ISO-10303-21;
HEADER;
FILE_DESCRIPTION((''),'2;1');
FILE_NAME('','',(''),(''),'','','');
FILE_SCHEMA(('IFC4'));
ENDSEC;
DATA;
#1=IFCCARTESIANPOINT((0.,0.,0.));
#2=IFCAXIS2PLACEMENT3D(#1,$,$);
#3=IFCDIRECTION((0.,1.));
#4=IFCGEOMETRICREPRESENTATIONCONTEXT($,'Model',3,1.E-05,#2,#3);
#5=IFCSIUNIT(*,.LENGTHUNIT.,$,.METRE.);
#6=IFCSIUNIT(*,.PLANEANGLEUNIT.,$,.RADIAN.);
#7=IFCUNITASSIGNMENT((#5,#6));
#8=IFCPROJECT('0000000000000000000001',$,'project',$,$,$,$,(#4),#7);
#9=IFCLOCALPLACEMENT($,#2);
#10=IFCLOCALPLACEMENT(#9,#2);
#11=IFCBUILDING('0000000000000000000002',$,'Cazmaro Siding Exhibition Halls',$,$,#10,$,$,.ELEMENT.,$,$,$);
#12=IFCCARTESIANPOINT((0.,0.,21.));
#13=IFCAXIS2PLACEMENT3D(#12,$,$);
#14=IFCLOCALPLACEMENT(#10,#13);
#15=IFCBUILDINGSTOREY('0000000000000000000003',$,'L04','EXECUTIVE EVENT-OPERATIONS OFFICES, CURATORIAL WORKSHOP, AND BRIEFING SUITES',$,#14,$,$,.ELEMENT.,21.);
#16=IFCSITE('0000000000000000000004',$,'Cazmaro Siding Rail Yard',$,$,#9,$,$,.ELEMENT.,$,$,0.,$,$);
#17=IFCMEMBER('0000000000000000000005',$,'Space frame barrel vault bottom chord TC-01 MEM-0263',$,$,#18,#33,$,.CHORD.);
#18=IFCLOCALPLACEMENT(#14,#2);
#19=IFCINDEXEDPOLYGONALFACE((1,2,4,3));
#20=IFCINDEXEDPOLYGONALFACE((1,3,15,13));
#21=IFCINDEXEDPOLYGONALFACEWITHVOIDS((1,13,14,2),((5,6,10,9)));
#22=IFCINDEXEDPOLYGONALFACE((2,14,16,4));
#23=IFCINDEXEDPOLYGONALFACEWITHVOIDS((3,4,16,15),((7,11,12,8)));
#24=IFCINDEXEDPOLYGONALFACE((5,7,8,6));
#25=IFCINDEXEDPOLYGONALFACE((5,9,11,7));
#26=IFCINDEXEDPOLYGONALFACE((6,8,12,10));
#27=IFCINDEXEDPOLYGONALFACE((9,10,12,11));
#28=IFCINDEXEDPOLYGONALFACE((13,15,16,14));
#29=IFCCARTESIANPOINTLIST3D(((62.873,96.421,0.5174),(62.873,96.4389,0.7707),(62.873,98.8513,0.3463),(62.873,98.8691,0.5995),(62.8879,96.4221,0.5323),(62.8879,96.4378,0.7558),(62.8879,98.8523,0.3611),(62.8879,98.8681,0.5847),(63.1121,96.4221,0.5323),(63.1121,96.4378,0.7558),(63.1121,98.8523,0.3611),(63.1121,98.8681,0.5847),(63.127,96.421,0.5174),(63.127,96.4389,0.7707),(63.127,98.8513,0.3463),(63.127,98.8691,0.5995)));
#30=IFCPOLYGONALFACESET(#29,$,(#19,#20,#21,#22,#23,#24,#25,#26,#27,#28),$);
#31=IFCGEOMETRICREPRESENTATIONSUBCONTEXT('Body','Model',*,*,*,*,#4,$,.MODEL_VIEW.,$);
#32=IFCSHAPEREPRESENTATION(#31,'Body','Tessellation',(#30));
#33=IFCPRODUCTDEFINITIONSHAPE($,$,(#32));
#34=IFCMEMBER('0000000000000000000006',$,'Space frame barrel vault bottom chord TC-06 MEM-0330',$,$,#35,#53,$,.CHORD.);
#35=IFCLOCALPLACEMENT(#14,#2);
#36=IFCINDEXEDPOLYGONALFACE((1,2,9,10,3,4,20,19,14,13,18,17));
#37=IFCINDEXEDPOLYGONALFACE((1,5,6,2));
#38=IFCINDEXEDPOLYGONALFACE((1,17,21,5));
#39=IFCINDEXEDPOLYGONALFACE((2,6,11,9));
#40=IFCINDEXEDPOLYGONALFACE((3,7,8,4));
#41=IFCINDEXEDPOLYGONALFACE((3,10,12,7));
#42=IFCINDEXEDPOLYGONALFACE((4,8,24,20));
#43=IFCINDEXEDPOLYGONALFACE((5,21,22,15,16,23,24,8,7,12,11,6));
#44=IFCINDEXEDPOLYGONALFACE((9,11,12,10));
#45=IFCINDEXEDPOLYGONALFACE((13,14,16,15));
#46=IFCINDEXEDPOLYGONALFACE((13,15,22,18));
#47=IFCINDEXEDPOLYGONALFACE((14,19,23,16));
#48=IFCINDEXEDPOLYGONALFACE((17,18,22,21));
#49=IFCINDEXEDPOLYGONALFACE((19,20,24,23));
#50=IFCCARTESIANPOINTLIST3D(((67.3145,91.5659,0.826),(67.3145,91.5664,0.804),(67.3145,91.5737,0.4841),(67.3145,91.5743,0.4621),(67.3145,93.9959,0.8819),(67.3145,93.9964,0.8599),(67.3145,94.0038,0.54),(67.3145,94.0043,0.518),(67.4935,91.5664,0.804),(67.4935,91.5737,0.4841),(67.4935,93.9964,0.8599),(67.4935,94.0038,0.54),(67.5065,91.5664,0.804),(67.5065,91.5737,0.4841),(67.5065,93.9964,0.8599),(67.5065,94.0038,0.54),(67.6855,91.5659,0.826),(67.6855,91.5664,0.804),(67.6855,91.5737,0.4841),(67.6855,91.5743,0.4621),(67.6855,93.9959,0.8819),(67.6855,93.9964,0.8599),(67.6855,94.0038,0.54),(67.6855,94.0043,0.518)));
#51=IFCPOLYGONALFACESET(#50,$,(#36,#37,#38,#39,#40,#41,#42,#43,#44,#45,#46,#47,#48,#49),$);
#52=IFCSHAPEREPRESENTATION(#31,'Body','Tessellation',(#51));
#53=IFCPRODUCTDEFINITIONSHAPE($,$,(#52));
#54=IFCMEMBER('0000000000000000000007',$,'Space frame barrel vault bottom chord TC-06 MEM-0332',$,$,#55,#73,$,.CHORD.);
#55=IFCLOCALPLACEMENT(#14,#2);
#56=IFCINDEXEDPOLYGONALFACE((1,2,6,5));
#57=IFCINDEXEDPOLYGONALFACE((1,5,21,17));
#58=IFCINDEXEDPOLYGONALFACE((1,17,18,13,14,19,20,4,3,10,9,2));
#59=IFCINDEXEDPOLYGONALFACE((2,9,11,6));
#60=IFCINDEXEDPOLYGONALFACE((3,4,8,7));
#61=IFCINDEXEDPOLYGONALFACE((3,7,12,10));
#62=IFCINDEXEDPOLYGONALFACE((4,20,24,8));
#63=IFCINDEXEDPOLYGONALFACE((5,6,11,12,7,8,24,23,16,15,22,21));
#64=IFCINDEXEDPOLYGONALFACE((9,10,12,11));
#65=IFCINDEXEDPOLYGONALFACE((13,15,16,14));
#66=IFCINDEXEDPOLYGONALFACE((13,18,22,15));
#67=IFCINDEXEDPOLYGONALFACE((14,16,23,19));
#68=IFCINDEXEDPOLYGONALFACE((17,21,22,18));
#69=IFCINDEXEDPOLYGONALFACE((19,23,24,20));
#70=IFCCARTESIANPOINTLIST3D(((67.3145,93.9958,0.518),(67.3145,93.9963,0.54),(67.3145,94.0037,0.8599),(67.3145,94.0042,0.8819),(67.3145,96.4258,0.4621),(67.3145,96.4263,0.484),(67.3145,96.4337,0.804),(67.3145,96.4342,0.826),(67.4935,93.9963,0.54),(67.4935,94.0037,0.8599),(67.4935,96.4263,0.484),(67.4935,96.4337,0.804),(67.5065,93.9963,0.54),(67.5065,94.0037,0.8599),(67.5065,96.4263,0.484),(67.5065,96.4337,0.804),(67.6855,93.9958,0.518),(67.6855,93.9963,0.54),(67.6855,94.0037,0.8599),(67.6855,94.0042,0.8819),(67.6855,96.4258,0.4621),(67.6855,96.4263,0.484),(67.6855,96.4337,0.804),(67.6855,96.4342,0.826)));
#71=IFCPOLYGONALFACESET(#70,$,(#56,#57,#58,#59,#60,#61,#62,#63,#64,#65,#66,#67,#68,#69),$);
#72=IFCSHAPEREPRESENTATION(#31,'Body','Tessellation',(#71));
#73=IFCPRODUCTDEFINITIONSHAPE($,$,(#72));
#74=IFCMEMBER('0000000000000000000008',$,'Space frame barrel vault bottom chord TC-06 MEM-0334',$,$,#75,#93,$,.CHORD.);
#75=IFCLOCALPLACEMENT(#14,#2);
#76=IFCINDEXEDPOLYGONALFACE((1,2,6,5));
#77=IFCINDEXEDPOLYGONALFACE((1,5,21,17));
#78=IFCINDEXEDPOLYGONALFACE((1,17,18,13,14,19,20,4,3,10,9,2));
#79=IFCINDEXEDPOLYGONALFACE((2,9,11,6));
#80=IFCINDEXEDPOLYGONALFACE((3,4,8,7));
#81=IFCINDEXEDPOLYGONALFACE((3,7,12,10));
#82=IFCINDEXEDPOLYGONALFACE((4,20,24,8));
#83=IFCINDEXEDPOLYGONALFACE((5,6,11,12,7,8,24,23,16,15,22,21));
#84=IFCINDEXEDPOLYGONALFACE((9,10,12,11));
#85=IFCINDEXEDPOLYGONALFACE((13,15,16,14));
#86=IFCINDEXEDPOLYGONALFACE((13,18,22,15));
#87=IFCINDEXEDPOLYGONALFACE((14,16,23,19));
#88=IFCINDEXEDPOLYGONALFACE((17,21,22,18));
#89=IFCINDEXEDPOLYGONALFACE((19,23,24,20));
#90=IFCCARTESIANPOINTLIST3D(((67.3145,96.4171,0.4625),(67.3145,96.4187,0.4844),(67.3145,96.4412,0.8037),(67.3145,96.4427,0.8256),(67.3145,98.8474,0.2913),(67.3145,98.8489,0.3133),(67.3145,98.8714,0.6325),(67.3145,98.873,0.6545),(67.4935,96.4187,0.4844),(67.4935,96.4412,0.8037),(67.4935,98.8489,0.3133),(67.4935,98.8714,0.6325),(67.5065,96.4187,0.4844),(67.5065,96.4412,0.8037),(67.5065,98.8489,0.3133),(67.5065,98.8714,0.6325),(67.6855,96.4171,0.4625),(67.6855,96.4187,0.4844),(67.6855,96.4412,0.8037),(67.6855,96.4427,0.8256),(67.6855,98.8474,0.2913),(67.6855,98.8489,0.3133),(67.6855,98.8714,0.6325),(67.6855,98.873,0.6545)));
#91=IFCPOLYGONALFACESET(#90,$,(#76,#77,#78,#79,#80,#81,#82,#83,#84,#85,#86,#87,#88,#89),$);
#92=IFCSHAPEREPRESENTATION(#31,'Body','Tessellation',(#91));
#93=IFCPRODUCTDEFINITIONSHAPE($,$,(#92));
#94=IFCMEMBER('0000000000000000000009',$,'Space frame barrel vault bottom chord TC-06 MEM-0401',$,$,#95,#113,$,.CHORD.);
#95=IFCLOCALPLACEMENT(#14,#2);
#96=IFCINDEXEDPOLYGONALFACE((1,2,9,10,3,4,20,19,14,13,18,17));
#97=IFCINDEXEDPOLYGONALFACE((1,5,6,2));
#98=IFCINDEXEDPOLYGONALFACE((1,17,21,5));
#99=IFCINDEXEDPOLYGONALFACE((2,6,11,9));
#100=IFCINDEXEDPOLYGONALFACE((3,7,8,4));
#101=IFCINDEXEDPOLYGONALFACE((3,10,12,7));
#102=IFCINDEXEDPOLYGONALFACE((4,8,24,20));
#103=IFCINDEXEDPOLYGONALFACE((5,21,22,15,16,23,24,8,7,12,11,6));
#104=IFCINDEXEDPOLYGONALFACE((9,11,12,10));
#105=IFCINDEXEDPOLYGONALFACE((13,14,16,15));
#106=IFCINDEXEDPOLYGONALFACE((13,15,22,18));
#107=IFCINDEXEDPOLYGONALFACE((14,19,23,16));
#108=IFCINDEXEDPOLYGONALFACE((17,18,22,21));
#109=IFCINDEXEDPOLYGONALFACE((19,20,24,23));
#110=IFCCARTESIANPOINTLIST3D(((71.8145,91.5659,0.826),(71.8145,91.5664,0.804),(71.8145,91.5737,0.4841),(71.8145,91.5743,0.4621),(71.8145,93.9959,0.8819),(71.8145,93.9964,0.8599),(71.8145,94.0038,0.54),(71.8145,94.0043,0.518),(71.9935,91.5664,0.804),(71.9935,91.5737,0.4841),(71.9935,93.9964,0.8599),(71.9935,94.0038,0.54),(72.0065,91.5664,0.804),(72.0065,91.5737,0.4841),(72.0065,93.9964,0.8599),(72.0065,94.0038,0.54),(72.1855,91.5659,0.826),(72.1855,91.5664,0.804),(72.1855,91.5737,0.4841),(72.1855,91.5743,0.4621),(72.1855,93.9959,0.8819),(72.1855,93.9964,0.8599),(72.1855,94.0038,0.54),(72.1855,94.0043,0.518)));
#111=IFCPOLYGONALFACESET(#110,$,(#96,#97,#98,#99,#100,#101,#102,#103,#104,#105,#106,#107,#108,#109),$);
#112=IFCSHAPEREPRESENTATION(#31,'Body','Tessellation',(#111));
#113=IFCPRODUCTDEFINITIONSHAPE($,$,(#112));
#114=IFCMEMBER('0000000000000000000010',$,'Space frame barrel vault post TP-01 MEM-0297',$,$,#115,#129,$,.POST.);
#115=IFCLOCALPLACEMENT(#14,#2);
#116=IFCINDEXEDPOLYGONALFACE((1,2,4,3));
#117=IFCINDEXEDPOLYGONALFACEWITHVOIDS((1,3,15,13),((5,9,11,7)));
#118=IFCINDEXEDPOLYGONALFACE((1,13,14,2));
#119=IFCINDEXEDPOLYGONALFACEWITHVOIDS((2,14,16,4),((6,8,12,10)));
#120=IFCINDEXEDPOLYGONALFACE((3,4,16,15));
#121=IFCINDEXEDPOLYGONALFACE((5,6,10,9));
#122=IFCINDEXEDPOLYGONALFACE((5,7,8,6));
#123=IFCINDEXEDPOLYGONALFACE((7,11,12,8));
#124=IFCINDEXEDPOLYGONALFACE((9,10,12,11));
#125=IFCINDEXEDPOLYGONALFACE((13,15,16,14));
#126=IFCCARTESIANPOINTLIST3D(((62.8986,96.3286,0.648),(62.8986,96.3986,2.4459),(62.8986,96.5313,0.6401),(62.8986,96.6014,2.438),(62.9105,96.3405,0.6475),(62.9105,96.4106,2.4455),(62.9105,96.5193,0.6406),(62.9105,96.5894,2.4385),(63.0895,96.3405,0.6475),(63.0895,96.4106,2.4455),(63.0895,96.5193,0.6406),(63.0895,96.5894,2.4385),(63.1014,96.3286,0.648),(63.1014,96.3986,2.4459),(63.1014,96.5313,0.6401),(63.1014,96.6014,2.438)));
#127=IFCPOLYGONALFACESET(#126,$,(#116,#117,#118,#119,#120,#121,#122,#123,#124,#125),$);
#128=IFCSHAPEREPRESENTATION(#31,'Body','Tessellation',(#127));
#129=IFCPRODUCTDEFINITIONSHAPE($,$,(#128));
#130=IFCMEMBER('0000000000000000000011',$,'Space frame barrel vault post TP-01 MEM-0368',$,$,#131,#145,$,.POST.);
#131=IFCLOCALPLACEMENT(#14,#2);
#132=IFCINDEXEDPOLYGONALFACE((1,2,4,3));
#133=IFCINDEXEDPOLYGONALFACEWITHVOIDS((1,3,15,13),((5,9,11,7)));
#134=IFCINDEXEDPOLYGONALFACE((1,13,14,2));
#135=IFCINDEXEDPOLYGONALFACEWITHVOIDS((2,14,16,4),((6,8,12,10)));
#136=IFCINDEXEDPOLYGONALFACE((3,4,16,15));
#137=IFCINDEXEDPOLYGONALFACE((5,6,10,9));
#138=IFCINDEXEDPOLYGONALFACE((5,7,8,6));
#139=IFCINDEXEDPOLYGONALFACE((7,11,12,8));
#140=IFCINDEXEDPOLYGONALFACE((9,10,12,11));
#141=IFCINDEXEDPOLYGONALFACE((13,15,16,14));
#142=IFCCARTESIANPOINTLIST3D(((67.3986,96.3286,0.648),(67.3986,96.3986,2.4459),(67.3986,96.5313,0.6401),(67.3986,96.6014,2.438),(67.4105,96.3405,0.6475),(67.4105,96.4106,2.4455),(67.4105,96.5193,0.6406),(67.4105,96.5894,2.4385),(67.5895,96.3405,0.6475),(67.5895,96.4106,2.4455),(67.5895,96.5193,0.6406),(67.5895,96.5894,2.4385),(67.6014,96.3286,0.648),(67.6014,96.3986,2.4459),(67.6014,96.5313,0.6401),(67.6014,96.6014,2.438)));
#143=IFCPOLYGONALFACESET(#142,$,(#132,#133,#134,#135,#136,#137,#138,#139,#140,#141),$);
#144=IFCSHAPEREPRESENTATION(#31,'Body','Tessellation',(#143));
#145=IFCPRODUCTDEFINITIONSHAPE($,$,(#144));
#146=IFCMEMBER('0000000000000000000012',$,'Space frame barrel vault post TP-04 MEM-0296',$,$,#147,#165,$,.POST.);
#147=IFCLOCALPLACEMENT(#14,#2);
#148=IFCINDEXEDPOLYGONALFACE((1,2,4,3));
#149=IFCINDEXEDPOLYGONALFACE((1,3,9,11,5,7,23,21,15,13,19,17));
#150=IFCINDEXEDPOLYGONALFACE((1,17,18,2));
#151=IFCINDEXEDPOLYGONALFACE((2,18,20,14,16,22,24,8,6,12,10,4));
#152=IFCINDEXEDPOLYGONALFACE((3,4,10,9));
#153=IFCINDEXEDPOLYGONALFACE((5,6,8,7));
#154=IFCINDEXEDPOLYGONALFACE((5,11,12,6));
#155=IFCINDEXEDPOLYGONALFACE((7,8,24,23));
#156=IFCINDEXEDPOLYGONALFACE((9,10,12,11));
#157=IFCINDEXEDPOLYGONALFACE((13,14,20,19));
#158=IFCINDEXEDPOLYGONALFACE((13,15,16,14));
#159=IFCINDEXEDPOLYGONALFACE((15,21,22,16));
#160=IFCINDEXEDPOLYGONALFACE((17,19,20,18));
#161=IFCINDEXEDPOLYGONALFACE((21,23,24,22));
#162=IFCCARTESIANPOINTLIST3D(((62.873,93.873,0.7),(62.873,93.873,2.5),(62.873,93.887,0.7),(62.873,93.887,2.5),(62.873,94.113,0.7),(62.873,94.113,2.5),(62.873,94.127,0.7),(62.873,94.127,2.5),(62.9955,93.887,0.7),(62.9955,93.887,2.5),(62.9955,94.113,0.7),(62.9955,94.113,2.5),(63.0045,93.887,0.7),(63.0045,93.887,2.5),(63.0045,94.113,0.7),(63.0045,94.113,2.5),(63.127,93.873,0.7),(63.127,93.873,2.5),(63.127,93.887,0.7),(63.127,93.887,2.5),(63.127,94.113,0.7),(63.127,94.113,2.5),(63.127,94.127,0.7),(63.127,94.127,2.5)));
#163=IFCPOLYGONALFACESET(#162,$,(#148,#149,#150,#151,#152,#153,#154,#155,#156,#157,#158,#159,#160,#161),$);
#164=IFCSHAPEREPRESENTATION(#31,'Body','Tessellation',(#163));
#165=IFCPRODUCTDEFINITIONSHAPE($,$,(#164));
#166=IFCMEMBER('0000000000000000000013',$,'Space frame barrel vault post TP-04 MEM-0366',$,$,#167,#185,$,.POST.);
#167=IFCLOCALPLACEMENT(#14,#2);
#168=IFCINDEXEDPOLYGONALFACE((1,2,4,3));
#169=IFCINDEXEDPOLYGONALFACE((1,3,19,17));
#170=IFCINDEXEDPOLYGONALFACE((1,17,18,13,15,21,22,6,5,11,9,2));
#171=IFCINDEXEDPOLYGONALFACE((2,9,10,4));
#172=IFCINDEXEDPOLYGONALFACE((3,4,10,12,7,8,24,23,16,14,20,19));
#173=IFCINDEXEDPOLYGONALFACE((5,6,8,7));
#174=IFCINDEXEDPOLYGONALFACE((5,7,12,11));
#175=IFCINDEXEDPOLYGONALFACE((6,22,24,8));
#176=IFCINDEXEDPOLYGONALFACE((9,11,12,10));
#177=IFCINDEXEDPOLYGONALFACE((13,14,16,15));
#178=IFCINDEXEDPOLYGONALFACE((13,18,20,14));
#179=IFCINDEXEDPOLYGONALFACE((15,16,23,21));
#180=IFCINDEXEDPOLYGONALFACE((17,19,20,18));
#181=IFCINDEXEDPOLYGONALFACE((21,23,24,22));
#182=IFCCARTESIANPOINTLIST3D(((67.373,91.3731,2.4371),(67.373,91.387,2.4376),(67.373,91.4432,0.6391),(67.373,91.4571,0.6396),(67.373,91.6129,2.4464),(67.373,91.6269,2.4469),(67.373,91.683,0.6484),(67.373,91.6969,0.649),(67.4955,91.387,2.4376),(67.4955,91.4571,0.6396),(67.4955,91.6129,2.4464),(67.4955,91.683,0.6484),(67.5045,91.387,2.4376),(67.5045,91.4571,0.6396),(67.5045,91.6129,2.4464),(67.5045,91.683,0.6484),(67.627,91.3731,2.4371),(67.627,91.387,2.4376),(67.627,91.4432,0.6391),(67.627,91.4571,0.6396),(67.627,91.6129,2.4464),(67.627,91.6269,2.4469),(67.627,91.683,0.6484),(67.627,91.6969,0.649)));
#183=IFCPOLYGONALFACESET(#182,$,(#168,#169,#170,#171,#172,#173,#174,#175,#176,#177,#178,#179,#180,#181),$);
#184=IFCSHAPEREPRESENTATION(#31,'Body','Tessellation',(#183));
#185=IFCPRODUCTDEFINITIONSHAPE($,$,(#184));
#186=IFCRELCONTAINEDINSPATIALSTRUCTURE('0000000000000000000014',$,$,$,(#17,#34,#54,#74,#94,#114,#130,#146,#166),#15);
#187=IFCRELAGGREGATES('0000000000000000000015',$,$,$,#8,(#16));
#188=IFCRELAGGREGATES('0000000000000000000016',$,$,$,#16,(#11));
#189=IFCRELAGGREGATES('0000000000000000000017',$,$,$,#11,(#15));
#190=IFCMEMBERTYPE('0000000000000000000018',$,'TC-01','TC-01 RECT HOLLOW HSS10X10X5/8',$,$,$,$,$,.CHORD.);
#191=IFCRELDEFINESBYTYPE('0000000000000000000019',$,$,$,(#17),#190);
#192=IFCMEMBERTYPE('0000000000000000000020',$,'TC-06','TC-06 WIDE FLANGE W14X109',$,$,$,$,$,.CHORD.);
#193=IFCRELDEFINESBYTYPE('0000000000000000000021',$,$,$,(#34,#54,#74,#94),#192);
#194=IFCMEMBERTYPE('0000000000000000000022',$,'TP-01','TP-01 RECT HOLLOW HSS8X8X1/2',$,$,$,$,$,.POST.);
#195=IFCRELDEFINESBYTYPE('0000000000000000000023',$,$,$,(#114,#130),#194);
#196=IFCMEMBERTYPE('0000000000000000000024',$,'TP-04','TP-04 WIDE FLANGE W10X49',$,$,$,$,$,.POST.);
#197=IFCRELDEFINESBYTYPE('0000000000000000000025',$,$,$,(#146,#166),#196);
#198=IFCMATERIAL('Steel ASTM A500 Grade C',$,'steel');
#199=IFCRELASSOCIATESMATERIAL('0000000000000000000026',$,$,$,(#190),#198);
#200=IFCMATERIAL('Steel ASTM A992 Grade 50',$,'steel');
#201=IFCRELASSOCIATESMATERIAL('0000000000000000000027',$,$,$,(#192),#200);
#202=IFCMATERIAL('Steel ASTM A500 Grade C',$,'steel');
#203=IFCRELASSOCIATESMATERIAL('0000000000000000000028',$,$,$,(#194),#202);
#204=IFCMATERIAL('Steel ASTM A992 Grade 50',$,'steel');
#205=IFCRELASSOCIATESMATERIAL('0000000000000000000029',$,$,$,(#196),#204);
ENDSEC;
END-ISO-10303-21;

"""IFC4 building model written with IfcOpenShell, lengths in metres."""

from ifc_helpers import new_model, si_unit, direction, frame, origin, origin_2d, place, context, subcontext, project, spatial, hollow_rectangle, i_section, extrude, material, material_profile, profile_set, type_object, element, save


model = new_model("IFC4")

# Units and contexts
model_context = context("Model", 3, precision=1e-05, world=origin(), true_north=direction((0.0, 1.0)))
body_context = subcontext(model_context, "Body", "Model", "MODEL_VIEW")
ifc_project = project(units=[si_unit("LENGTHUNIT", "METRE"), si_unit("PLANEANGLEUNIT", "RADIAN")], contexts=[model_context])

# Site, building, storey
site_placement = place(None, origin())
site = spatial("IfcSite", under=ifc_project, at=site_placement, Name="Cazmaro Siding Rail Yard", CompositionType="ELEMENT", RefElevation=0.0)
building_placement = place(site_placement, origin())
building = spatial("IfcBuilding", under=site, at=building_placement, Name="Cazmaro Siding Exhibition Halls", CompositionType="ELEMENT")
storey_placement = place(building_placement, frame((0.0, 0.0, 21.0)))
storey = spatial("IfcBuildingStorey", under=building, at=storey_placement, Name="L04", Description="EXECUTIVE EVENT-OPERATIONS OFFICES, CURATORIAL WORKSHOP, AND BRIEFING SUITES", CompositionType="ELEMENT", Elevation=21.0)

# Members
ifc_material_1 = material(Name="Steel ASTM A500 Grade C", Category="steel")
ifc_material_profile_1 = material_profile(ifc_material_1, hollow_rectangle(XDim=0.2539, YDim=0.2539, WallThickness=0.0149, at=origin_2d()), Name="HSS10X10X5/8")
ifc_profile_set_1 = profile_set([ifc_material_profile_1], Name="Steel ASTM A500 Grade C")
member_type_1 = type_object("IfcMemberType", Name="TC-01", Description="TC-01 RECT HOLLOW HSS10X10X5/8", PredefinedType="CHORD", material=ifc_profile_set_1)
member_1_placement = place(storey_placement, frame((63.0, 96.4299, 0.644), z_axis=(0.0, 0.997529, -0.07025), x_axis=(-1.0, 0.0, 0.0)))
element("IfcMember", 1, at=member_1_placement, inside=storey, type_object=member_type_1, Name="Space frame barrel vault bottom chord TC-01 MEM-0263", PredefinedType="CHORD", context=body_context, shape_type="SweptSolid", body=[
    extrude(hollow_rectangle(XDim=0.2539, YDim=0.2539, WallThickness=0.0149, at=origin_2d()), origin(), (0.0, 0.0, 1.0), 2.4363),
])
ifc_material_2 = material(Name="Steel ASTM A992 Grade 50", Category="steel")
ifc_material_profile_2 = material_profile(ifc_material_2, i_section(OverallWidth=0.3711, OverallDepth=0.364, WebThickness=0.0129, FlangeThickness=0.022, at=origin_2d()), Name="W14X109")
ifc_profile_set_2 = profile_set([ifc_material_profile_2], Name="Steel ASTM A992 Grade 50")
member_type_2 = type_object("IfcMemberType", Name="TC-06", Description="TC-06 WIDE FLANGE W14X109", PredefinedType="CHORD", material=ifc_profile_set_2)
for number, where, z_axis, x_axis, name in (
    (2, (67.5, 91.5701, 0.644), (0.0, 0.999735, 0.023002), (-1.0, 0.0, 0.0), "Space frame barrel vault bottom chord TC-06 MEM-0330"),
    (3, (67.5, 94.0, 0.7), (0.0, 0.999735, -0.023002), (-1.0, 0.0, 0.0), "Space frame barrel vault bottom chord TC-06 MEM-0332"),
):
    element("IfcMember", number, at=place(storey_placement, frame(where, z_axis=z_axis, x_axis=x_axis)), inside=storey, type_object=member_type_2, Name=name, PredefinedType="CHORD", context=body_context, shape_type="SweptSolid", body=[
        extrude(i_section(OverallWidth=0.3711, OverallDepth=0.364, WebThickness=0.0129, FlangeThickness=0.022, at=origin_2d()), origin(), (0.0, 0.0, 1.0), 2.4307),
    ])
member_2_placement = place(storey_placement, frame((67.5, 96.4299, 0.644), z_axis=(0.0, 0.997529, -0.07025), x_axis=(-1.0, 0.0, 0.0)))
element("IfcMember", 4, at=member_2_placement, inside=storey, type_object=member_type_2, Name="Space frame barrel vault bottom chord TC-06 MEM-0334", PredefinedType="CHORD", context=body_context, shape_type="SweptSolid", body=[
    extrude(i_section(OverallWidth=0.3711, OverallDepth=0.364, WebThickness=0.0129, FlangeThickness=0.022, at=origin_2d()), origin(), (0.0, 0.0, 1.0), 2.4363),
])
member_3_placement = place(storey_placement, frame((72.0, 91.5701, 0.644), z_axis=(0.0, 0.999735, 0.023002), x_axis=(-1.0, 0.0, 0.0)))
element("IfcMember", 5, at=member_3_placement, inside=storey, type_object=member_type_2, Name="Space frame barrel vault bottom chord TC-06 MEM-0401", PredefinedType="CHORD", context=body_context, shape_type="SweptSolid", body=[
    extrude(i_section(OverallWidth=0.3711, OverallDepth=0.364, WebThickness=0.0129, FlangeThickness=0.022, at=origin_2d()), origin(), (0.0, 0.0, 1.0), 2.4307),
])
ifc_material_3 = material(Name="Steel ASTM A500 Grade C", Category="steel")
ifc_material_profile_3 = material_profile(ifc_material_3, hollow_rectangle(XDim=0.2029, YDim=0.2029, WallThickness=0.012, at=origin_2d()), Name="HSS8X8X1/2")
ifc_profile_set_3 = profile_set([ifc_material_profile_3], Name="Steel ASTM A500 Grade C")
member_type_3 = type_object("IfcMemberType", Name="TP-01", Description="TP-01 RECT HOLLOW HSS8X8X1/2", PredefinedType="POST", material=ifc_profile_set_3)
for number, where, z_axis, x_axis, name in (
    (6, (63.0, 96.4299, 0.644), (0.0, 0.038944, 0.999241), (-1.0, 0.0, 0.0), "Space frame barrel vault post TP-01 MEM-0297"),
    (7, (67.5, 96.4299, 0.644), (0.0, 0.038944, 0.999241), (-1.0, 0.0, 0.0), "Space frame barrel vault post TP-01 MEM-0368"),
):
    element("IfcMember", number, at=place(storey_placement, frame(where, z_axis=z_axis, x_axis=x_axis)), inside=storey, type_object=member_type_3, Name=name, PredefinedType="POST", context=body_context, shape_type="SweptSolid", body=[
        extrude(hollow_rectangle(XDim=0.2029, YDim=0.2029, WallThickness=0.012, at=origin_2d()), origin(), (0.0, 0.0, 1.0), 1.7993),
    ])
ifc_material_4 = material(Name="Steel ASTM A992 Grade 50", Category="steel")
ifc_material_profile_4 = material_profile(ifc_material_4, i_section(OverallWidth=0.2539, OverallDepth=0.2539, WebThickness=0.009, FlangeThickness=0.0139, at=origin_2d()), Name="W10X49")
ifc_profile_set_4 = profile_set([ifc_material_profile_4], Name="Steel ASTM A992 Grade 50")
member_type_4 = type_object("IfcMemberType", Name="TP-04", Description="TP-04 WIDE FLANGE W10X49", PredefinedType="POST", material=ifc_profile_set_4)
member_4_placement = place(storey_placement, frame((63.0, 94.0, 0.7), z_axis=(0.0, 0.0, 1.0), x_axis=(1.0, 0.0, 0.0)))
element("IfcMember", 8, at=member_4_placement, inside=storey, type_object=member_type_4, Name="Space frame barrel vault post TP-04 MEM-0296", PredefinedType="POST", context=body_context, shape_type="SweptSolid", body=[
    extrude(i_section(OverallWidth=0.2539, OverallDepth=0.2539, WebThickness=0.009, FlangeThickness=0.0139, at=origin_2d()), origin(), (0.0, 0.0, 1.0), 1.8),
])
member_5_placement = place(storey_placement, frame((67.5, 91.5701, 0.644), z_axis=(0.0, -0.038944, 0.999241), x_axis=(1.0, 0.0, 0.0)))
element("IfcMember", 9, at=member_5_placement, inside=storey, type_object=member_type_4, Name="Space frame barrel vault post TP-04 MEM-0366", PredefinedType="POST", context=body_context, shape_type="SweptSolid", body=[
    extrude(i_section(OverallWidth=0.2539, OverallDepth=0.2539, WebThickness=0.009, FlangeThickness=0.0139, at=origin_2d()), origin(), (0.0, 0.0, 1.0), 1.7993),
])

save(model, "model.ifc")
